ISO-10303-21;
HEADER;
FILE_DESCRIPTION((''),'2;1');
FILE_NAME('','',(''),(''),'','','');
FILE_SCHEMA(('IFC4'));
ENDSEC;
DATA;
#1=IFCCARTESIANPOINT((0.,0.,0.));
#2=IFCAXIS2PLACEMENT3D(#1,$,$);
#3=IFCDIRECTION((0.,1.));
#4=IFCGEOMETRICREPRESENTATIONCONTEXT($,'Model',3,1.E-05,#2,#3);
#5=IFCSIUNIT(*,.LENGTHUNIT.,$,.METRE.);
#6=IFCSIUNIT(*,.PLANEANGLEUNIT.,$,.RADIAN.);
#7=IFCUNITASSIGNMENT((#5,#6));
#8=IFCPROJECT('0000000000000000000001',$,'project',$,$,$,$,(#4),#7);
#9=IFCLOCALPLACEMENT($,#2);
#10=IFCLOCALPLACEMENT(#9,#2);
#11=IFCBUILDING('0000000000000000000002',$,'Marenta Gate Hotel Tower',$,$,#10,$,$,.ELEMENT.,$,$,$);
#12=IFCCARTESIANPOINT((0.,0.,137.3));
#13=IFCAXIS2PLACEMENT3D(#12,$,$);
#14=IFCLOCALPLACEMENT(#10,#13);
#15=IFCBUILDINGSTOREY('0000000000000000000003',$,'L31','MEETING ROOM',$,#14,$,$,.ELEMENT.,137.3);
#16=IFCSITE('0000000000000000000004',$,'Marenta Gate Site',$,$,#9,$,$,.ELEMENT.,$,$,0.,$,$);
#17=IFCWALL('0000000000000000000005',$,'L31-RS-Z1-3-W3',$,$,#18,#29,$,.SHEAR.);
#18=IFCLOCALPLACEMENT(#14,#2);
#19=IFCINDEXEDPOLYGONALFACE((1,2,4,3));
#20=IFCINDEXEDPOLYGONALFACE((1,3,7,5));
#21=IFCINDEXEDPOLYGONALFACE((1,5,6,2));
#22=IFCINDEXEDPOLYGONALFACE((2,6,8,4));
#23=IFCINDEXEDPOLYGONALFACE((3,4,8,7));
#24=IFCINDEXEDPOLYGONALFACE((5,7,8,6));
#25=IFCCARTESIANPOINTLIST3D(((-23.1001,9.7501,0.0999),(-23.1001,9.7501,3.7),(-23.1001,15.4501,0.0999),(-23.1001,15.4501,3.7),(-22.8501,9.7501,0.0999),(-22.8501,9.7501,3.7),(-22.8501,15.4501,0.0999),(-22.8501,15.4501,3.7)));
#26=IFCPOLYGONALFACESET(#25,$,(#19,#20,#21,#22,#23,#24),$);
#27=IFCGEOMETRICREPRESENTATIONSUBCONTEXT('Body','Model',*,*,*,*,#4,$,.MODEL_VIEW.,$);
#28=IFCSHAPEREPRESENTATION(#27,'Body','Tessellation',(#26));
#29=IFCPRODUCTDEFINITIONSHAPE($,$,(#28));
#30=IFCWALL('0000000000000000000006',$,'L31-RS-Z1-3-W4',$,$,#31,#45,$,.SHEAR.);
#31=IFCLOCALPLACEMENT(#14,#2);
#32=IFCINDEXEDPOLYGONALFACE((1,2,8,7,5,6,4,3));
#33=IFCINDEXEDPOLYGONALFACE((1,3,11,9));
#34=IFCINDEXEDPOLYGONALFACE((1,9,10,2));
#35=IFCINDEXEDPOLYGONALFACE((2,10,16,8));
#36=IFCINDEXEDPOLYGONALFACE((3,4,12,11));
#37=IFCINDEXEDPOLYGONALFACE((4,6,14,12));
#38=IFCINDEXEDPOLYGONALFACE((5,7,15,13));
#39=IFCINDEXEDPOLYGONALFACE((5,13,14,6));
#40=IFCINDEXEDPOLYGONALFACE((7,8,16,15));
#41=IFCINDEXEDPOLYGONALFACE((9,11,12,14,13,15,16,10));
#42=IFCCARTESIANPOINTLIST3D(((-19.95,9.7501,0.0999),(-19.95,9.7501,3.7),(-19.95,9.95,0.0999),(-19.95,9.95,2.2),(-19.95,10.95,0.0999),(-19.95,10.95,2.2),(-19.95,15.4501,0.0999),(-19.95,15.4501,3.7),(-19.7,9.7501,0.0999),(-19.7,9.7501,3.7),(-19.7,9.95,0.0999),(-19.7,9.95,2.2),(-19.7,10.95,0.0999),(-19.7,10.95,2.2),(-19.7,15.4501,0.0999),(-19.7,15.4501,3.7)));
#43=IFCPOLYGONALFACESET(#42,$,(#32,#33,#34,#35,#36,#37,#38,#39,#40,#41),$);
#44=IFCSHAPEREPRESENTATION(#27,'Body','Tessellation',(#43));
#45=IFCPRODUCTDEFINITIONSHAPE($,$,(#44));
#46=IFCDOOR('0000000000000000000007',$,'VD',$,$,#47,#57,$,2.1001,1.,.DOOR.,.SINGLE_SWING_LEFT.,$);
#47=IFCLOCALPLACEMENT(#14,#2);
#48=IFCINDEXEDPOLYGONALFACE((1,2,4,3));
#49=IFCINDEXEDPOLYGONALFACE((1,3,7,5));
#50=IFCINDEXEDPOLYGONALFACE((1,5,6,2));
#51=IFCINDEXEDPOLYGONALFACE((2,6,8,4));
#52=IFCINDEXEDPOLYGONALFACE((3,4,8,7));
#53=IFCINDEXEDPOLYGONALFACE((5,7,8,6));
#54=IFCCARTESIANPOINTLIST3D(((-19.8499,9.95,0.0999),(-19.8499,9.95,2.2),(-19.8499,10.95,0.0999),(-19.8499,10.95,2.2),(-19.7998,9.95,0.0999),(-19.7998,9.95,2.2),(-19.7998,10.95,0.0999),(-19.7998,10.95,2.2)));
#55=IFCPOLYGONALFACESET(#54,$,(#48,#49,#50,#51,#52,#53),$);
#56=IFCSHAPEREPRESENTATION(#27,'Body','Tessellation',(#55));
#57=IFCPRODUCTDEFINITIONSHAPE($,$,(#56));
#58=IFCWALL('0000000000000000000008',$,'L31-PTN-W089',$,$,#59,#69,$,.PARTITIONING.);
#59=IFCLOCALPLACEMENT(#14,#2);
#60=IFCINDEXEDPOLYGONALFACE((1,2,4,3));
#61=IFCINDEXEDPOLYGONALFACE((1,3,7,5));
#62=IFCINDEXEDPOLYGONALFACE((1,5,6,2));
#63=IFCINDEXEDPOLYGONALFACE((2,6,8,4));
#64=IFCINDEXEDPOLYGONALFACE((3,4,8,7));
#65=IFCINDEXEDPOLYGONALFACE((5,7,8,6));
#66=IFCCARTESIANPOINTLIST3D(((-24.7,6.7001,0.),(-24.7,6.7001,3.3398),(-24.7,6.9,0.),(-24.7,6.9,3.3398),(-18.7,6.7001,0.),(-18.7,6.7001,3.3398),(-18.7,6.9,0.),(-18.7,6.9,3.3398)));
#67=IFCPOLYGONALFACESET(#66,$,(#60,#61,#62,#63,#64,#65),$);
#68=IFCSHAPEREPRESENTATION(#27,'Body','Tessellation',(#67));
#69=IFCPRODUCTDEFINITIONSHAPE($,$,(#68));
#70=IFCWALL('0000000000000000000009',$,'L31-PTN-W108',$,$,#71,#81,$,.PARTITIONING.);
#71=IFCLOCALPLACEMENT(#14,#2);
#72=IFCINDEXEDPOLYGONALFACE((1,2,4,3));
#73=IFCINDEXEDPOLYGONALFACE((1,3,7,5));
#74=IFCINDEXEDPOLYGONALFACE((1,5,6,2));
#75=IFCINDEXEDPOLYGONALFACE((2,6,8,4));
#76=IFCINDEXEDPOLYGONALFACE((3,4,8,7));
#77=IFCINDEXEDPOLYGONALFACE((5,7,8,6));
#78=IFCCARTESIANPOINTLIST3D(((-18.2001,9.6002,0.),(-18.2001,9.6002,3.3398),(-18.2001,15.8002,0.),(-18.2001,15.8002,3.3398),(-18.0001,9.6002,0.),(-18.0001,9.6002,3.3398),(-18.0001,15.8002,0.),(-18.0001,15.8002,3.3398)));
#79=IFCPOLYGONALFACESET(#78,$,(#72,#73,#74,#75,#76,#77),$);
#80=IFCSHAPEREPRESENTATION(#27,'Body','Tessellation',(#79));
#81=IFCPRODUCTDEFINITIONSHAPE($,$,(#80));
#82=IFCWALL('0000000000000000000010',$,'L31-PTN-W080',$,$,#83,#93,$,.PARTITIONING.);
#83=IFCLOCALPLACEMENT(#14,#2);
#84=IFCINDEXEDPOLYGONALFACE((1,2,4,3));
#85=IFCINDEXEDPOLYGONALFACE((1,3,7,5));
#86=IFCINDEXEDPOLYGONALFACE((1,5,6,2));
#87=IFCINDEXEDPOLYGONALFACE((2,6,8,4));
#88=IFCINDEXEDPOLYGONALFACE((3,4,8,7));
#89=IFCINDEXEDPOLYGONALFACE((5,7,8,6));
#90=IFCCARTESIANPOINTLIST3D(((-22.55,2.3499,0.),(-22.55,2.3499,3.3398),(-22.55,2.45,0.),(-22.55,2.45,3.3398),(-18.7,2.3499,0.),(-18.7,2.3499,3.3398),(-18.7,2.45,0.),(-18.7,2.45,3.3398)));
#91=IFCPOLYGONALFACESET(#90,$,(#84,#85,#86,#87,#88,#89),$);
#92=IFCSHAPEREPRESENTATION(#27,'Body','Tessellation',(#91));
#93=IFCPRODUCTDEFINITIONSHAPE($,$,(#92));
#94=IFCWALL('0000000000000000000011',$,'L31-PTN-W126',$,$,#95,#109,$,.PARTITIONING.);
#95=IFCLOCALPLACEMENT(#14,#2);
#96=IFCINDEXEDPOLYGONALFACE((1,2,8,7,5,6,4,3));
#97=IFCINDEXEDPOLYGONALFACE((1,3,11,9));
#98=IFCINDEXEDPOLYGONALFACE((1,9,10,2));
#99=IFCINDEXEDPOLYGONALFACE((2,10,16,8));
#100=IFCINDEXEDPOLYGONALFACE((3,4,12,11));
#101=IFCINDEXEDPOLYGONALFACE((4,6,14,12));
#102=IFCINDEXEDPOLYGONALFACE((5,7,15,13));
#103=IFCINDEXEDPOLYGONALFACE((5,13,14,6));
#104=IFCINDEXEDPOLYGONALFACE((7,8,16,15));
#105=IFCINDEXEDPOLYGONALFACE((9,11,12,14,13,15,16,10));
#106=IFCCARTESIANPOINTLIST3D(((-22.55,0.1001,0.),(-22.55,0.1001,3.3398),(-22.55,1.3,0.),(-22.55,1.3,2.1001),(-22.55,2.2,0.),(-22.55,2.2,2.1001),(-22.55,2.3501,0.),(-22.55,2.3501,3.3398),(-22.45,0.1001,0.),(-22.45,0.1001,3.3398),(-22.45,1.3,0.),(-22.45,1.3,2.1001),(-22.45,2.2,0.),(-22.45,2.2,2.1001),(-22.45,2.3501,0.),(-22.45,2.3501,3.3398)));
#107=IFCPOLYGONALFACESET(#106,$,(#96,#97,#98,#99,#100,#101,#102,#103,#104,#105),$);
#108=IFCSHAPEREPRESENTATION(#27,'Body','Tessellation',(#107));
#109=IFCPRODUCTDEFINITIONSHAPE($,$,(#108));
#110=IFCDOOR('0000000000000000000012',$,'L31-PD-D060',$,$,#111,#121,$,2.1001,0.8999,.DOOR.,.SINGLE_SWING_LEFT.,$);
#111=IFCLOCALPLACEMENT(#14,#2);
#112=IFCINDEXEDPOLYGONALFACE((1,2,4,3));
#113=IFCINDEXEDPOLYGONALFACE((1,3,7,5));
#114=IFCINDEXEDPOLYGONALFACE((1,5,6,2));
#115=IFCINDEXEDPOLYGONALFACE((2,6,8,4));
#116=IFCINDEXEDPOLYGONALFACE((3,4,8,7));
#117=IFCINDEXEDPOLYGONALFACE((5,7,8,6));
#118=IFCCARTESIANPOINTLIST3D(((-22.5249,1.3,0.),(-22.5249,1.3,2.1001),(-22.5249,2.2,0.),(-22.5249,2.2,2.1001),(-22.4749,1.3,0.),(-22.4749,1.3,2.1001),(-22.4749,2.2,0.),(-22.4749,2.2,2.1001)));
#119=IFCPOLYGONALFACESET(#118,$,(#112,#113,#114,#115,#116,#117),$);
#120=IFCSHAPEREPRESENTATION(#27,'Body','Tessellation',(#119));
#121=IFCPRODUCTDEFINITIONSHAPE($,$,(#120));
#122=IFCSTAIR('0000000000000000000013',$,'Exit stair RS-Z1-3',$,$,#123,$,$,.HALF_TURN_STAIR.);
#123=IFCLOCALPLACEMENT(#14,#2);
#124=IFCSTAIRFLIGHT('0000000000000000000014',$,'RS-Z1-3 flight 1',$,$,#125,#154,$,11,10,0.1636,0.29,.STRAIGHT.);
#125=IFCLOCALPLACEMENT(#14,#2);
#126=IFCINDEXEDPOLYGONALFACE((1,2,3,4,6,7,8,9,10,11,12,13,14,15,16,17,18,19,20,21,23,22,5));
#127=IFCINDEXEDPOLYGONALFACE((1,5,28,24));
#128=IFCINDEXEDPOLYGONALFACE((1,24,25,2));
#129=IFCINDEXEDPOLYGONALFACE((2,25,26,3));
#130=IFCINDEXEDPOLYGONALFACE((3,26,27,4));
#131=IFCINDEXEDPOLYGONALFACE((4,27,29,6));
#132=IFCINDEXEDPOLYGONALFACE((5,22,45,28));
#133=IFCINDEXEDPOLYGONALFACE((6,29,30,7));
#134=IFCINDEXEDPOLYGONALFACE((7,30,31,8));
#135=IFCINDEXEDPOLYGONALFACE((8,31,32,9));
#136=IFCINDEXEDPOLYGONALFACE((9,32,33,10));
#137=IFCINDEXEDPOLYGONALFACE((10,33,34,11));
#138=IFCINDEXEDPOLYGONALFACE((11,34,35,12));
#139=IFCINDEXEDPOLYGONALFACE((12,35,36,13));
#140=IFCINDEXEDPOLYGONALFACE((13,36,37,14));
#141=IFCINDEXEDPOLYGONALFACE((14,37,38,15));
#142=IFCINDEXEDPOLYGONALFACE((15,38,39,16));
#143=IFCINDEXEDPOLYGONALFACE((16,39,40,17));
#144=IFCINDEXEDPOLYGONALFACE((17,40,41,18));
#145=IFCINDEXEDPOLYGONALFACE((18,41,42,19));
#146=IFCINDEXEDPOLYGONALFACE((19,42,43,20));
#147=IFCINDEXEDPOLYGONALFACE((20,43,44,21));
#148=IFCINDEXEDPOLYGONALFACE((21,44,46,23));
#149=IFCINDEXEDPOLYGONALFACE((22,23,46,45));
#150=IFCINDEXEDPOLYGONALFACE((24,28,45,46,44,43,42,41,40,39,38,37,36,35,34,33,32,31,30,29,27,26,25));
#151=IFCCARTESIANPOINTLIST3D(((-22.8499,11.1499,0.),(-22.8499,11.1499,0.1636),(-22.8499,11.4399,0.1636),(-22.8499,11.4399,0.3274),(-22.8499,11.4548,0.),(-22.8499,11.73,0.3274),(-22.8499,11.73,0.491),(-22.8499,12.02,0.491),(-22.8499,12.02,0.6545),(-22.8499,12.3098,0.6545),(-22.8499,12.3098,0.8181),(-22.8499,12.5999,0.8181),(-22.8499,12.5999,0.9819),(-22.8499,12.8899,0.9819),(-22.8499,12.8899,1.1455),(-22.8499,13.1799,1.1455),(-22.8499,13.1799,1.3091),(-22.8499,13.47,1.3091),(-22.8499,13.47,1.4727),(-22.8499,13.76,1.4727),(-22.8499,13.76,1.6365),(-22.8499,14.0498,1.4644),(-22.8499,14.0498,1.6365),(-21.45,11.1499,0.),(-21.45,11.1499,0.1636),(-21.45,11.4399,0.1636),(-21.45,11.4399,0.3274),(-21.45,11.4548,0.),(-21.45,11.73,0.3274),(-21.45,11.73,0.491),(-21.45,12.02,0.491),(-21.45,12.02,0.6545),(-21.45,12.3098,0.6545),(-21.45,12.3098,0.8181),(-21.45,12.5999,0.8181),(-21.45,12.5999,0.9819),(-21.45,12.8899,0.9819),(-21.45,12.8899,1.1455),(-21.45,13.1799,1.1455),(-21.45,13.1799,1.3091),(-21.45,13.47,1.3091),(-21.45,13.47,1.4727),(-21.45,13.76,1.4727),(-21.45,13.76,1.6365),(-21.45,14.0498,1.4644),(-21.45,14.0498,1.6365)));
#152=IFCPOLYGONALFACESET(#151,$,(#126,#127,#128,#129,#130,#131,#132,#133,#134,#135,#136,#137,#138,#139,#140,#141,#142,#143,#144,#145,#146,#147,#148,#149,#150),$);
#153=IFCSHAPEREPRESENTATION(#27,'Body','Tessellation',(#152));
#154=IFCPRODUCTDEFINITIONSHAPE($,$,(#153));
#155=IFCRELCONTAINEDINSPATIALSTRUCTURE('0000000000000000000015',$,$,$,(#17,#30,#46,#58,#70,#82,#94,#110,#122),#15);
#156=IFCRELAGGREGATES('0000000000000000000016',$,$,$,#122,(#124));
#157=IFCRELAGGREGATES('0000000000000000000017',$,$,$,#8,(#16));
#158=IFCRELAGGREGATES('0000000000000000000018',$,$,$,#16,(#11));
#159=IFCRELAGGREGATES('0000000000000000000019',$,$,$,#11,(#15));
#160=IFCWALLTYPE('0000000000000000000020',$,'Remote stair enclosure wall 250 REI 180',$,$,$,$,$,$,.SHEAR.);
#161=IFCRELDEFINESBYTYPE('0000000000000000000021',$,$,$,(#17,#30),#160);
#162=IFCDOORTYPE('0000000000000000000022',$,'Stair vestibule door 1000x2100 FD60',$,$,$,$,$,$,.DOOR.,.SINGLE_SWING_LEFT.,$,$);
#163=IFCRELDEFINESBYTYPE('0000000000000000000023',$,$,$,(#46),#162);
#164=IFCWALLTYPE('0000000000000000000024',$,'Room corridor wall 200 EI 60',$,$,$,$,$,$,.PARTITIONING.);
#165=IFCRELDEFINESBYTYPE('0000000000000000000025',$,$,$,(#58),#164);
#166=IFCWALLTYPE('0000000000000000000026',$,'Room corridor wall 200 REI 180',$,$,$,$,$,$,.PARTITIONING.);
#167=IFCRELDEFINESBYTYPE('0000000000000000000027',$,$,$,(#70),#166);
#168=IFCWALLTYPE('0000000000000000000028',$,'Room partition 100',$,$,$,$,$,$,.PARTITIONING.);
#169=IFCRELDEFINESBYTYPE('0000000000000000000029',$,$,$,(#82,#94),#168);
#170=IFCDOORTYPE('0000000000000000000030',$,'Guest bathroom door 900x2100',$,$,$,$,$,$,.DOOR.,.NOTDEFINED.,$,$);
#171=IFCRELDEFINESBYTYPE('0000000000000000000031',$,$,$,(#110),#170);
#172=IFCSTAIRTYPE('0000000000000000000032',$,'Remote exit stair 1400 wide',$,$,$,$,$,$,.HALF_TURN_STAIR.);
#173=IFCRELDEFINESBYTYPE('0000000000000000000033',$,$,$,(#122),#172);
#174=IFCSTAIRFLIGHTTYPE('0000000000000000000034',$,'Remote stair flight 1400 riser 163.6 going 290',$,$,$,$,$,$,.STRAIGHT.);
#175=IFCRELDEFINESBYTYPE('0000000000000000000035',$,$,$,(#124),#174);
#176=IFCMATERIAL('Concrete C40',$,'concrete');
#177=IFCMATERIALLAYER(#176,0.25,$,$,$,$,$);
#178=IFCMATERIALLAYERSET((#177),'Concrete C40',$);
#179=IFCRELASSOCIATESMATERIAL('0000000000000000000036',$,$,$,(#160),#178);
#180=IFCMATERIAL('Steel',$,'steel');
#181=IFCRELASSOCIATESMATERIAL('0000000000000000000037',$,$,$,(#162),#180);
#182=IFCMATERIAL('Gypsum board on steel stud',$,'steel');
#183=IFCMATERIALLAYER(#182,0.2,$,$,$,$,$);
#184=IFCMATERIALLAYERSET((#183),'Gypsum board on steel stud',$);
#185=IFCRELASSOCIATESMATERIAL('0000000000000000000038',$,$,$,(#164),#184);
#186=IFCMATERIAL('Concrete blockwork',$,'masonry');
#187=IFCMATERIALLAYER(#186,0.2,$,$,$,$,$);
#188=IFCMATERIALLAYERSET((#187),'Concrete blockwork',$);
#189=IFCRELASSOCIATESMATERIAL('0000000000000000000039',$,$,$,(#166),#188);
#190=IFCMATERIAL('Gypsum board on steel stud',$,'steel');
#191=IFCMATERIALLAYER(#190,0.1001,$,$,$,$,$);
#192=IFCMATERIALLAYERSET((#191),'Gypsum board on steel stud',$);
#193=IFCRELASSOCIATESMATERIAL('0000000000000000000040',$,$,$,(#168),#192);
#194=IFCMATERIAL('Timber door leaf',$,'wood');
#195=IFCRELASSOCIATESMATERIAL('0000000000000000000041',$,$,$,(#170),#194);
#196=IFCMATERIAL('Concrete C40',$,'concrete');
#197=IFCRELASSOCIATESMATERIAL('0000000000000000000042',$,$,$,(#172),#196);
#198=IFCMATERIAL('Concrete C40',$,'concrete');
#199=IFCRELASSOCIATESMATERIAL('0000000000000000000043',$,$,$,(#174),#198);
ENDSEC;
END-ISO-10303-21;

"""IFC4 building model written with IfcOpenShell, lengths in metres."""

from ifc_helpers import new_model, si_unit, direction, frame, frame_2d, origin, place, context, subcontext, project, spatial, polyline, rectangle, outline, extrude, material, layer, layer_set, type_object, element, fill, aggregate, save


model = new_model("IFC4")

# Units and contexts
model_context = context("Model", 3, precision=1e-05, world=origin(), true_north=direction((0.0, 1.0)))
body_context = subcontext(model_context, "Body", "Model", "MODEL_VIEW")
ifc_project = project(units=[si_unit("LENGTHUNIT", "METRE"), si_unit("PLANEANGLEUNIT", "RADIAN")], contexts=[model_context])

# Site, building, storey
site_placement = place(None, origin())
site = spatial("IfcSite", under=ifc_project, at=site_placement, Name="Marenta Gate Site", CompositionType="ELEMENT", RefElevation=0.0)
building_placement = place(site_placement, origin())
building = spatial("IfcBuilding", under=site, at=building_placement, Name="Marenta Gate Hotel Tower", CompositionType="ELEMENT")
storey_placement = place(building_placement, frame((0.0, 0.0, 137.3)))
storey = spatial("IfcBuildingStorey", under=building, at=storey_placement, Name="L31", Description="MEETING ROOM", CompositionType="ELEMENT", Elevation=137.3)

# Wall
ifc_material_1 = material(Name="Concrete C40", Category="concrete")
ifc_layer_1 = layer(ifc_material_1, 0.25)
ifc_layer_set_1 = layer_set([ifc_layer_1], Name="Concrete C40")
wall_type_1 = type_object("IfcWallType", Name="Remote stair enclosure wall 250 REI 180", PredefinedType="SHEAR", material=ifc_layer_set_1)
wall_1_placement = place(storey_placement, frame((-22.9751, 9.75, 0.0999), z_axis=(0.0, 0.0, 1.0), x_axis=(0.0, 1.0, 0.0)))
element("IfcWall", 1, at=wall_1_placement, inside=storey, type_object=wall_type_1, Name="L31-RS-Z1-3-W3", PredefinedType="SHEAR", context=body_context, shape_type="SweptSolid", body=[
    extrude(rectangle(XDim=5.7, YDim=0.25, at=frame_2d((2.8501, 0.0))), origin(), (0.0, 0.0, 1.0), 3.6001),
])

# Wall, opening, door
wall_2_placement = place(storey_placement, frame((-19.825, 9.75, 0.0999), z_axis=(0.0, 0.0, 1.0), x_axis=(0.0, 1.0, 0.0)))
wall_2 = element("IfcWall", 2, at=wall_2_placement, inside=storey, type_object=wall_type_1, Name="L31-RS-Z1-3-W4", PredefinedType="SHEAR", context=body_context, shape_type="SweptSolid", body=[
    extrude(rectangle(XDim=5.7, YDim=0.25, at=frame_2d((2.8501, 0.0))), origin(), (0.0, 0.0, 1.0), 3.6001),
])
opening_1_placement = place(wall_2_placement, frame((0.2, 0.0, 0.0)))
opening_1 = element("IfcOpeningElement", 3, at=opening_1_placement, cuts=wall_2, PredefinedType="OPENING", context=body_context, shape_type="SweptSolid", body=[
    extrude(rectangle(XDim=1.0, YDim=2.1001, at=frame_2d((0.5, 1.05))), frame((0.0, 0.125, 0.0), z_axis=(0.0, -1.0, 0.0), x_axis=(1.0, 0.0, 0.0)), (0.0, 0.0, 1.0), 0.25),
])
ifc_material_2 = material(Name="Steel", Category="steel")
door_type_1 = type_object("IfcDoorType", Name="Stair vestibule door 1000x2100 FD60", OperationType="SINGLE_SWING_LEFT", PredefinedType="DOOR", material=ifc_material_2)
door_1_placement = place(opening_1_placement, origin())
door_1 = element("IfcDoor", 4, at=door_1_placement, inside=storey, type_object=door_type_1, Name="VD", OperationType="SINGLE_SWING_LEFT", OverallHeight=2.1001, OverallWidth=1.0, PredefinedType="DOOR", context=body_context, shape_type="SweptSolid", body=[
    extrude(rectangle(XDim=1.0, YDim=2.1001, at=frame_2d((0.5, 1.05))), frame((0.0, 0.0249, 0.0), z_axis=(0.0, -1.0, 0.0), x_axis=(1.0, 0.0, 0.0)), (0.0, 0.0, 1.0), 0.05),
])
fill(opening_1, door_1)

# Wall
ifc_material_3 = material(Name="Gypsum board on steel stud", Category="steel")
ifc_layer_2 = layer(ifc_material_3, 0.2)
ifc_layer_set_2 = layer_set([ifc_layer_2], Name="Gypsum board on steel stud")
wall_type_2 = type_object("IfcWallType", Name="Room corridor wall 200 EI 60", PredefinedType="PARTITIONING", material=ifc_layer_set_2)
wall_3_placement = place(storey_placement, frame((-24.7, 6.8, 0.0), z_axis=(0.0, 0.0, 1.0), x_axis=(1.0, 0.0, 0.0)))
element("IfcWall", 5, at=wall_3_placement, inside=storey, type_object=wall_type_2, Name="L31-PTN-W089", PredefinedType="PARTITIONING", context=body_context, shape_type="SweptSolid", body=[
    extrude(rectangle(XDim=6.0, YDim=0.2, at=frame_2d((3.0, 0.0))), origin(), (0.0, 0.0, 1.0), 3.3398),
])

# Shared definitions
ifc_material_4 = material(Name="Concrete blockwork", Category="masonry")
ifc_layer_3 = layer(ifc_material_4, 0.2)
ifc_layer_set_3 = layer_set([ifc_layer_3], Name="Concrete blockwork")
wall_type_3 = type_object("IfcWallType", Name="Room corridor wall 200 REI 180", PredefinedType="PARTITIONING", material=ifc_layer_set_3)

# Walls
wall_4_placement = place(storey_placement, frame((-18.1001, 9.6001, 0.0), z_axis=(0.0, 0.0, 1.0), x_axis=(0.0, 1.0, 0.0)))
element("IfcWall", 6, at=wall_4_placement, inside=storey, type_object=wall_type_3, Name="L31-PTN-W108", PredefinedType="PARTITIONING", context=body_context, shape_type="SweptSolid", body=[
    extrude(rectangle(XDim=6.2, YDim=0.2, at=frame_2d((3.1001, 0.0))), origin(), (0.0, 0.0, 1.0), 3.3398),
])
ifc_material_5 = material(Name="Gypsum board on steel stud", Category="steel")
ifc_layer_4 = layer(ifc_material_5, 0.1001)
ifc_layer_set_4 = layer_set([ifc_layer_4], Name="Gypsum board on steel stud")
wall_type_4 = type_object("IfcWallType", Name="Room partition 100", PredefinedType="PARTITIONING", material=ifc_layer_set_4)
wall_5_placement = place(storey_placement, frame((-22.55, 2.3999, 0.0), z_axis=(0.0, 0.0, 1.0), x_axis=(1.0, 0.0, 0.0)))
element("IfcWall", 7, at=wall_5_placement, inside=storey, type_object=wall_type_4, Name="L31-PTN-W080", PredefinedType="PARTITIONING", context=body_context, shape_type="SweptSolid", body=[
    extrude(rectangle(XDim=3.8501, YDim=0.1001, at=frame_2d((1.925, 0.0))), origin(), (0.0, 0.0, 1.0), 3.3398),
])

# Wall, opening, door
wall_6_placement = place(storey_placement, frame((-22.5, 0.1001, 0.0), z_axis=(0.0, 0.0, 1.0), x_axis=(0.0, 1.0, 0.0)))
wall_6 = element("IfcWall", 8, at=wall_6_placement, inside=storey, type_object=wall_type_4, Name="L31-PTN-W126", PredefinedType="PARTITIONING", context=body_context, shape_type="SweptSolid", body=[
    extrude(rectangle(XDim=2.25, YDim=0.1001, at=frame_2d((1.125, 0.0))), origin(), (0.0, 0.0, 1.0), 3.3398),
])
opening_2_placement = place(wall_6_placement, frame((1.2, 0.0, 0.0)))
opening_2 = element("IfcOpeningElement", 9, at=opening_2_placement, cuts=wall_6, PredefinedType="OPENING", context=body_context, shape_type="SweptSolid", body=[
    extrude(rectangle(XDim=0.8999, YDim=2.1001, at=frame_2d((0.45, 1.05))), frame((0.0, 0.05, 0.0), z_axis=(0.0, -1.0, 0.0), x_axis=(1.0, 0.0, 0.0)), (0.0, 0.0, 1.0), 0.1001),
])
ifc_material_6 = material(Name="Timber door leaf", Category="wood")
door_type_2 = type_object("IfcDoorType", Name="Guest bathroom door 900x2100", OperationType="NOTDEFINED", PredefinedType="DOOR", material=ifc_material_6)
door_2_placement = place(opening_2_placement, origin())
door_2 = element("IfcDoor", 10, at=door_2_placement, inside=storey, type_object=door_type_2, Name="L31-PD-D060", OperationType="SINGLE_SWING_LEFT", OverallHeight=2.1001, OverallWidth=0.8999, PredefinedType="DOOR", context=body_context, shape_type="SweptSolid", body=[
    extrude(rectangle(XDim=0.8999, YDim=2.1001, at=frame_2d((0.45, 1.05))), frame((0.0, 0.0249, 0.0), z_axis=(0.0, -1.0, 0.0), x_axis=(1.0, 0.0, 0.0)), (0.0, 0.0, 1.0), 0.05),
])
fill(opening_2, door_2)

# Stair, stair flight
ifc_material_7 = material(Name="Concrete C40", Category="concrete")
stair_type = type_object("IfcStairType", Name="Remote exit stair 1400 wide", PredefinedType="HALF_TURN_STAIR", material=ifc_material_7)
stair_placement = place(storey_placement, origin())
stair = element("IfcStair", 11, at=stair_placement, inside=storey, type_object=stair_type, Name="Exit stair RS-Z1-3", PredefinedType="HALF_TURN_STAIR")
ifc_material_8 = material(Name="Concrete C40", Category="concrete")
stair_flight_type = type_object("IfcStairFlightType", Name="Remote stair flight 1400 riser 163.6 going 290", PredefinedType="STRAIGHT", material=ifc_material_8)
stair_flight_1_placement = place(storey_placement, frame((-22.1499, 11.1499, 0.0), z_axis=(0.0, 0.0, 1.0), x_axis=(0.0, 1.0, 0.0)))
stair_flight_1 = element("IfcStairFlight", 12, at=stair_flight_1_placement, type_object=stair_flight_type, Name="RS-Z1-3 flight 1", NumberOfRisers=11, NumberOfTreads=10, PredefinedType="STRAIGHT", RiserHeight=0.1636, TreadLength=0.29, context=body_context, shape_type="SweptSolid", body=[
    extrude(outline(polyline([(0.0, 0.0), (0.0, 0.1636), (0.29, 0.1636), (0.29, 0.3274), (0.5801, 0.3274), (0.5801, 0.491), (0.8701, 0.491), (0.8701, 0.6545), (1.1599, 0.6545), (1.1599, 0.8181), (1.45, 0.8181), (1.45, 0.9819), (1.74, 0.9819), (1.74, 1.1455), (2.03, 1.1455), (2.03, 1.3091), (2.3201, 1.3091), (2.3201, 1.4727), (2.6101, 1.4727), (2.6101, 1.6365), (2.8999, 1.6365), (2.8999, 1.8), (2.8999, 1.4644), (0.3049, 0.0), (0.0, 0.0)])), frame((0.0, 0.7, 0.0), z_axis=(0.0, -1.0, 0.0), x_axis=(1.0, 0.0, 0.0)), (0.0, 0.0, 1.0), 1.3999),
])
aggregate(stair, [stair_flight_1])

save(model, "model.ifc")
